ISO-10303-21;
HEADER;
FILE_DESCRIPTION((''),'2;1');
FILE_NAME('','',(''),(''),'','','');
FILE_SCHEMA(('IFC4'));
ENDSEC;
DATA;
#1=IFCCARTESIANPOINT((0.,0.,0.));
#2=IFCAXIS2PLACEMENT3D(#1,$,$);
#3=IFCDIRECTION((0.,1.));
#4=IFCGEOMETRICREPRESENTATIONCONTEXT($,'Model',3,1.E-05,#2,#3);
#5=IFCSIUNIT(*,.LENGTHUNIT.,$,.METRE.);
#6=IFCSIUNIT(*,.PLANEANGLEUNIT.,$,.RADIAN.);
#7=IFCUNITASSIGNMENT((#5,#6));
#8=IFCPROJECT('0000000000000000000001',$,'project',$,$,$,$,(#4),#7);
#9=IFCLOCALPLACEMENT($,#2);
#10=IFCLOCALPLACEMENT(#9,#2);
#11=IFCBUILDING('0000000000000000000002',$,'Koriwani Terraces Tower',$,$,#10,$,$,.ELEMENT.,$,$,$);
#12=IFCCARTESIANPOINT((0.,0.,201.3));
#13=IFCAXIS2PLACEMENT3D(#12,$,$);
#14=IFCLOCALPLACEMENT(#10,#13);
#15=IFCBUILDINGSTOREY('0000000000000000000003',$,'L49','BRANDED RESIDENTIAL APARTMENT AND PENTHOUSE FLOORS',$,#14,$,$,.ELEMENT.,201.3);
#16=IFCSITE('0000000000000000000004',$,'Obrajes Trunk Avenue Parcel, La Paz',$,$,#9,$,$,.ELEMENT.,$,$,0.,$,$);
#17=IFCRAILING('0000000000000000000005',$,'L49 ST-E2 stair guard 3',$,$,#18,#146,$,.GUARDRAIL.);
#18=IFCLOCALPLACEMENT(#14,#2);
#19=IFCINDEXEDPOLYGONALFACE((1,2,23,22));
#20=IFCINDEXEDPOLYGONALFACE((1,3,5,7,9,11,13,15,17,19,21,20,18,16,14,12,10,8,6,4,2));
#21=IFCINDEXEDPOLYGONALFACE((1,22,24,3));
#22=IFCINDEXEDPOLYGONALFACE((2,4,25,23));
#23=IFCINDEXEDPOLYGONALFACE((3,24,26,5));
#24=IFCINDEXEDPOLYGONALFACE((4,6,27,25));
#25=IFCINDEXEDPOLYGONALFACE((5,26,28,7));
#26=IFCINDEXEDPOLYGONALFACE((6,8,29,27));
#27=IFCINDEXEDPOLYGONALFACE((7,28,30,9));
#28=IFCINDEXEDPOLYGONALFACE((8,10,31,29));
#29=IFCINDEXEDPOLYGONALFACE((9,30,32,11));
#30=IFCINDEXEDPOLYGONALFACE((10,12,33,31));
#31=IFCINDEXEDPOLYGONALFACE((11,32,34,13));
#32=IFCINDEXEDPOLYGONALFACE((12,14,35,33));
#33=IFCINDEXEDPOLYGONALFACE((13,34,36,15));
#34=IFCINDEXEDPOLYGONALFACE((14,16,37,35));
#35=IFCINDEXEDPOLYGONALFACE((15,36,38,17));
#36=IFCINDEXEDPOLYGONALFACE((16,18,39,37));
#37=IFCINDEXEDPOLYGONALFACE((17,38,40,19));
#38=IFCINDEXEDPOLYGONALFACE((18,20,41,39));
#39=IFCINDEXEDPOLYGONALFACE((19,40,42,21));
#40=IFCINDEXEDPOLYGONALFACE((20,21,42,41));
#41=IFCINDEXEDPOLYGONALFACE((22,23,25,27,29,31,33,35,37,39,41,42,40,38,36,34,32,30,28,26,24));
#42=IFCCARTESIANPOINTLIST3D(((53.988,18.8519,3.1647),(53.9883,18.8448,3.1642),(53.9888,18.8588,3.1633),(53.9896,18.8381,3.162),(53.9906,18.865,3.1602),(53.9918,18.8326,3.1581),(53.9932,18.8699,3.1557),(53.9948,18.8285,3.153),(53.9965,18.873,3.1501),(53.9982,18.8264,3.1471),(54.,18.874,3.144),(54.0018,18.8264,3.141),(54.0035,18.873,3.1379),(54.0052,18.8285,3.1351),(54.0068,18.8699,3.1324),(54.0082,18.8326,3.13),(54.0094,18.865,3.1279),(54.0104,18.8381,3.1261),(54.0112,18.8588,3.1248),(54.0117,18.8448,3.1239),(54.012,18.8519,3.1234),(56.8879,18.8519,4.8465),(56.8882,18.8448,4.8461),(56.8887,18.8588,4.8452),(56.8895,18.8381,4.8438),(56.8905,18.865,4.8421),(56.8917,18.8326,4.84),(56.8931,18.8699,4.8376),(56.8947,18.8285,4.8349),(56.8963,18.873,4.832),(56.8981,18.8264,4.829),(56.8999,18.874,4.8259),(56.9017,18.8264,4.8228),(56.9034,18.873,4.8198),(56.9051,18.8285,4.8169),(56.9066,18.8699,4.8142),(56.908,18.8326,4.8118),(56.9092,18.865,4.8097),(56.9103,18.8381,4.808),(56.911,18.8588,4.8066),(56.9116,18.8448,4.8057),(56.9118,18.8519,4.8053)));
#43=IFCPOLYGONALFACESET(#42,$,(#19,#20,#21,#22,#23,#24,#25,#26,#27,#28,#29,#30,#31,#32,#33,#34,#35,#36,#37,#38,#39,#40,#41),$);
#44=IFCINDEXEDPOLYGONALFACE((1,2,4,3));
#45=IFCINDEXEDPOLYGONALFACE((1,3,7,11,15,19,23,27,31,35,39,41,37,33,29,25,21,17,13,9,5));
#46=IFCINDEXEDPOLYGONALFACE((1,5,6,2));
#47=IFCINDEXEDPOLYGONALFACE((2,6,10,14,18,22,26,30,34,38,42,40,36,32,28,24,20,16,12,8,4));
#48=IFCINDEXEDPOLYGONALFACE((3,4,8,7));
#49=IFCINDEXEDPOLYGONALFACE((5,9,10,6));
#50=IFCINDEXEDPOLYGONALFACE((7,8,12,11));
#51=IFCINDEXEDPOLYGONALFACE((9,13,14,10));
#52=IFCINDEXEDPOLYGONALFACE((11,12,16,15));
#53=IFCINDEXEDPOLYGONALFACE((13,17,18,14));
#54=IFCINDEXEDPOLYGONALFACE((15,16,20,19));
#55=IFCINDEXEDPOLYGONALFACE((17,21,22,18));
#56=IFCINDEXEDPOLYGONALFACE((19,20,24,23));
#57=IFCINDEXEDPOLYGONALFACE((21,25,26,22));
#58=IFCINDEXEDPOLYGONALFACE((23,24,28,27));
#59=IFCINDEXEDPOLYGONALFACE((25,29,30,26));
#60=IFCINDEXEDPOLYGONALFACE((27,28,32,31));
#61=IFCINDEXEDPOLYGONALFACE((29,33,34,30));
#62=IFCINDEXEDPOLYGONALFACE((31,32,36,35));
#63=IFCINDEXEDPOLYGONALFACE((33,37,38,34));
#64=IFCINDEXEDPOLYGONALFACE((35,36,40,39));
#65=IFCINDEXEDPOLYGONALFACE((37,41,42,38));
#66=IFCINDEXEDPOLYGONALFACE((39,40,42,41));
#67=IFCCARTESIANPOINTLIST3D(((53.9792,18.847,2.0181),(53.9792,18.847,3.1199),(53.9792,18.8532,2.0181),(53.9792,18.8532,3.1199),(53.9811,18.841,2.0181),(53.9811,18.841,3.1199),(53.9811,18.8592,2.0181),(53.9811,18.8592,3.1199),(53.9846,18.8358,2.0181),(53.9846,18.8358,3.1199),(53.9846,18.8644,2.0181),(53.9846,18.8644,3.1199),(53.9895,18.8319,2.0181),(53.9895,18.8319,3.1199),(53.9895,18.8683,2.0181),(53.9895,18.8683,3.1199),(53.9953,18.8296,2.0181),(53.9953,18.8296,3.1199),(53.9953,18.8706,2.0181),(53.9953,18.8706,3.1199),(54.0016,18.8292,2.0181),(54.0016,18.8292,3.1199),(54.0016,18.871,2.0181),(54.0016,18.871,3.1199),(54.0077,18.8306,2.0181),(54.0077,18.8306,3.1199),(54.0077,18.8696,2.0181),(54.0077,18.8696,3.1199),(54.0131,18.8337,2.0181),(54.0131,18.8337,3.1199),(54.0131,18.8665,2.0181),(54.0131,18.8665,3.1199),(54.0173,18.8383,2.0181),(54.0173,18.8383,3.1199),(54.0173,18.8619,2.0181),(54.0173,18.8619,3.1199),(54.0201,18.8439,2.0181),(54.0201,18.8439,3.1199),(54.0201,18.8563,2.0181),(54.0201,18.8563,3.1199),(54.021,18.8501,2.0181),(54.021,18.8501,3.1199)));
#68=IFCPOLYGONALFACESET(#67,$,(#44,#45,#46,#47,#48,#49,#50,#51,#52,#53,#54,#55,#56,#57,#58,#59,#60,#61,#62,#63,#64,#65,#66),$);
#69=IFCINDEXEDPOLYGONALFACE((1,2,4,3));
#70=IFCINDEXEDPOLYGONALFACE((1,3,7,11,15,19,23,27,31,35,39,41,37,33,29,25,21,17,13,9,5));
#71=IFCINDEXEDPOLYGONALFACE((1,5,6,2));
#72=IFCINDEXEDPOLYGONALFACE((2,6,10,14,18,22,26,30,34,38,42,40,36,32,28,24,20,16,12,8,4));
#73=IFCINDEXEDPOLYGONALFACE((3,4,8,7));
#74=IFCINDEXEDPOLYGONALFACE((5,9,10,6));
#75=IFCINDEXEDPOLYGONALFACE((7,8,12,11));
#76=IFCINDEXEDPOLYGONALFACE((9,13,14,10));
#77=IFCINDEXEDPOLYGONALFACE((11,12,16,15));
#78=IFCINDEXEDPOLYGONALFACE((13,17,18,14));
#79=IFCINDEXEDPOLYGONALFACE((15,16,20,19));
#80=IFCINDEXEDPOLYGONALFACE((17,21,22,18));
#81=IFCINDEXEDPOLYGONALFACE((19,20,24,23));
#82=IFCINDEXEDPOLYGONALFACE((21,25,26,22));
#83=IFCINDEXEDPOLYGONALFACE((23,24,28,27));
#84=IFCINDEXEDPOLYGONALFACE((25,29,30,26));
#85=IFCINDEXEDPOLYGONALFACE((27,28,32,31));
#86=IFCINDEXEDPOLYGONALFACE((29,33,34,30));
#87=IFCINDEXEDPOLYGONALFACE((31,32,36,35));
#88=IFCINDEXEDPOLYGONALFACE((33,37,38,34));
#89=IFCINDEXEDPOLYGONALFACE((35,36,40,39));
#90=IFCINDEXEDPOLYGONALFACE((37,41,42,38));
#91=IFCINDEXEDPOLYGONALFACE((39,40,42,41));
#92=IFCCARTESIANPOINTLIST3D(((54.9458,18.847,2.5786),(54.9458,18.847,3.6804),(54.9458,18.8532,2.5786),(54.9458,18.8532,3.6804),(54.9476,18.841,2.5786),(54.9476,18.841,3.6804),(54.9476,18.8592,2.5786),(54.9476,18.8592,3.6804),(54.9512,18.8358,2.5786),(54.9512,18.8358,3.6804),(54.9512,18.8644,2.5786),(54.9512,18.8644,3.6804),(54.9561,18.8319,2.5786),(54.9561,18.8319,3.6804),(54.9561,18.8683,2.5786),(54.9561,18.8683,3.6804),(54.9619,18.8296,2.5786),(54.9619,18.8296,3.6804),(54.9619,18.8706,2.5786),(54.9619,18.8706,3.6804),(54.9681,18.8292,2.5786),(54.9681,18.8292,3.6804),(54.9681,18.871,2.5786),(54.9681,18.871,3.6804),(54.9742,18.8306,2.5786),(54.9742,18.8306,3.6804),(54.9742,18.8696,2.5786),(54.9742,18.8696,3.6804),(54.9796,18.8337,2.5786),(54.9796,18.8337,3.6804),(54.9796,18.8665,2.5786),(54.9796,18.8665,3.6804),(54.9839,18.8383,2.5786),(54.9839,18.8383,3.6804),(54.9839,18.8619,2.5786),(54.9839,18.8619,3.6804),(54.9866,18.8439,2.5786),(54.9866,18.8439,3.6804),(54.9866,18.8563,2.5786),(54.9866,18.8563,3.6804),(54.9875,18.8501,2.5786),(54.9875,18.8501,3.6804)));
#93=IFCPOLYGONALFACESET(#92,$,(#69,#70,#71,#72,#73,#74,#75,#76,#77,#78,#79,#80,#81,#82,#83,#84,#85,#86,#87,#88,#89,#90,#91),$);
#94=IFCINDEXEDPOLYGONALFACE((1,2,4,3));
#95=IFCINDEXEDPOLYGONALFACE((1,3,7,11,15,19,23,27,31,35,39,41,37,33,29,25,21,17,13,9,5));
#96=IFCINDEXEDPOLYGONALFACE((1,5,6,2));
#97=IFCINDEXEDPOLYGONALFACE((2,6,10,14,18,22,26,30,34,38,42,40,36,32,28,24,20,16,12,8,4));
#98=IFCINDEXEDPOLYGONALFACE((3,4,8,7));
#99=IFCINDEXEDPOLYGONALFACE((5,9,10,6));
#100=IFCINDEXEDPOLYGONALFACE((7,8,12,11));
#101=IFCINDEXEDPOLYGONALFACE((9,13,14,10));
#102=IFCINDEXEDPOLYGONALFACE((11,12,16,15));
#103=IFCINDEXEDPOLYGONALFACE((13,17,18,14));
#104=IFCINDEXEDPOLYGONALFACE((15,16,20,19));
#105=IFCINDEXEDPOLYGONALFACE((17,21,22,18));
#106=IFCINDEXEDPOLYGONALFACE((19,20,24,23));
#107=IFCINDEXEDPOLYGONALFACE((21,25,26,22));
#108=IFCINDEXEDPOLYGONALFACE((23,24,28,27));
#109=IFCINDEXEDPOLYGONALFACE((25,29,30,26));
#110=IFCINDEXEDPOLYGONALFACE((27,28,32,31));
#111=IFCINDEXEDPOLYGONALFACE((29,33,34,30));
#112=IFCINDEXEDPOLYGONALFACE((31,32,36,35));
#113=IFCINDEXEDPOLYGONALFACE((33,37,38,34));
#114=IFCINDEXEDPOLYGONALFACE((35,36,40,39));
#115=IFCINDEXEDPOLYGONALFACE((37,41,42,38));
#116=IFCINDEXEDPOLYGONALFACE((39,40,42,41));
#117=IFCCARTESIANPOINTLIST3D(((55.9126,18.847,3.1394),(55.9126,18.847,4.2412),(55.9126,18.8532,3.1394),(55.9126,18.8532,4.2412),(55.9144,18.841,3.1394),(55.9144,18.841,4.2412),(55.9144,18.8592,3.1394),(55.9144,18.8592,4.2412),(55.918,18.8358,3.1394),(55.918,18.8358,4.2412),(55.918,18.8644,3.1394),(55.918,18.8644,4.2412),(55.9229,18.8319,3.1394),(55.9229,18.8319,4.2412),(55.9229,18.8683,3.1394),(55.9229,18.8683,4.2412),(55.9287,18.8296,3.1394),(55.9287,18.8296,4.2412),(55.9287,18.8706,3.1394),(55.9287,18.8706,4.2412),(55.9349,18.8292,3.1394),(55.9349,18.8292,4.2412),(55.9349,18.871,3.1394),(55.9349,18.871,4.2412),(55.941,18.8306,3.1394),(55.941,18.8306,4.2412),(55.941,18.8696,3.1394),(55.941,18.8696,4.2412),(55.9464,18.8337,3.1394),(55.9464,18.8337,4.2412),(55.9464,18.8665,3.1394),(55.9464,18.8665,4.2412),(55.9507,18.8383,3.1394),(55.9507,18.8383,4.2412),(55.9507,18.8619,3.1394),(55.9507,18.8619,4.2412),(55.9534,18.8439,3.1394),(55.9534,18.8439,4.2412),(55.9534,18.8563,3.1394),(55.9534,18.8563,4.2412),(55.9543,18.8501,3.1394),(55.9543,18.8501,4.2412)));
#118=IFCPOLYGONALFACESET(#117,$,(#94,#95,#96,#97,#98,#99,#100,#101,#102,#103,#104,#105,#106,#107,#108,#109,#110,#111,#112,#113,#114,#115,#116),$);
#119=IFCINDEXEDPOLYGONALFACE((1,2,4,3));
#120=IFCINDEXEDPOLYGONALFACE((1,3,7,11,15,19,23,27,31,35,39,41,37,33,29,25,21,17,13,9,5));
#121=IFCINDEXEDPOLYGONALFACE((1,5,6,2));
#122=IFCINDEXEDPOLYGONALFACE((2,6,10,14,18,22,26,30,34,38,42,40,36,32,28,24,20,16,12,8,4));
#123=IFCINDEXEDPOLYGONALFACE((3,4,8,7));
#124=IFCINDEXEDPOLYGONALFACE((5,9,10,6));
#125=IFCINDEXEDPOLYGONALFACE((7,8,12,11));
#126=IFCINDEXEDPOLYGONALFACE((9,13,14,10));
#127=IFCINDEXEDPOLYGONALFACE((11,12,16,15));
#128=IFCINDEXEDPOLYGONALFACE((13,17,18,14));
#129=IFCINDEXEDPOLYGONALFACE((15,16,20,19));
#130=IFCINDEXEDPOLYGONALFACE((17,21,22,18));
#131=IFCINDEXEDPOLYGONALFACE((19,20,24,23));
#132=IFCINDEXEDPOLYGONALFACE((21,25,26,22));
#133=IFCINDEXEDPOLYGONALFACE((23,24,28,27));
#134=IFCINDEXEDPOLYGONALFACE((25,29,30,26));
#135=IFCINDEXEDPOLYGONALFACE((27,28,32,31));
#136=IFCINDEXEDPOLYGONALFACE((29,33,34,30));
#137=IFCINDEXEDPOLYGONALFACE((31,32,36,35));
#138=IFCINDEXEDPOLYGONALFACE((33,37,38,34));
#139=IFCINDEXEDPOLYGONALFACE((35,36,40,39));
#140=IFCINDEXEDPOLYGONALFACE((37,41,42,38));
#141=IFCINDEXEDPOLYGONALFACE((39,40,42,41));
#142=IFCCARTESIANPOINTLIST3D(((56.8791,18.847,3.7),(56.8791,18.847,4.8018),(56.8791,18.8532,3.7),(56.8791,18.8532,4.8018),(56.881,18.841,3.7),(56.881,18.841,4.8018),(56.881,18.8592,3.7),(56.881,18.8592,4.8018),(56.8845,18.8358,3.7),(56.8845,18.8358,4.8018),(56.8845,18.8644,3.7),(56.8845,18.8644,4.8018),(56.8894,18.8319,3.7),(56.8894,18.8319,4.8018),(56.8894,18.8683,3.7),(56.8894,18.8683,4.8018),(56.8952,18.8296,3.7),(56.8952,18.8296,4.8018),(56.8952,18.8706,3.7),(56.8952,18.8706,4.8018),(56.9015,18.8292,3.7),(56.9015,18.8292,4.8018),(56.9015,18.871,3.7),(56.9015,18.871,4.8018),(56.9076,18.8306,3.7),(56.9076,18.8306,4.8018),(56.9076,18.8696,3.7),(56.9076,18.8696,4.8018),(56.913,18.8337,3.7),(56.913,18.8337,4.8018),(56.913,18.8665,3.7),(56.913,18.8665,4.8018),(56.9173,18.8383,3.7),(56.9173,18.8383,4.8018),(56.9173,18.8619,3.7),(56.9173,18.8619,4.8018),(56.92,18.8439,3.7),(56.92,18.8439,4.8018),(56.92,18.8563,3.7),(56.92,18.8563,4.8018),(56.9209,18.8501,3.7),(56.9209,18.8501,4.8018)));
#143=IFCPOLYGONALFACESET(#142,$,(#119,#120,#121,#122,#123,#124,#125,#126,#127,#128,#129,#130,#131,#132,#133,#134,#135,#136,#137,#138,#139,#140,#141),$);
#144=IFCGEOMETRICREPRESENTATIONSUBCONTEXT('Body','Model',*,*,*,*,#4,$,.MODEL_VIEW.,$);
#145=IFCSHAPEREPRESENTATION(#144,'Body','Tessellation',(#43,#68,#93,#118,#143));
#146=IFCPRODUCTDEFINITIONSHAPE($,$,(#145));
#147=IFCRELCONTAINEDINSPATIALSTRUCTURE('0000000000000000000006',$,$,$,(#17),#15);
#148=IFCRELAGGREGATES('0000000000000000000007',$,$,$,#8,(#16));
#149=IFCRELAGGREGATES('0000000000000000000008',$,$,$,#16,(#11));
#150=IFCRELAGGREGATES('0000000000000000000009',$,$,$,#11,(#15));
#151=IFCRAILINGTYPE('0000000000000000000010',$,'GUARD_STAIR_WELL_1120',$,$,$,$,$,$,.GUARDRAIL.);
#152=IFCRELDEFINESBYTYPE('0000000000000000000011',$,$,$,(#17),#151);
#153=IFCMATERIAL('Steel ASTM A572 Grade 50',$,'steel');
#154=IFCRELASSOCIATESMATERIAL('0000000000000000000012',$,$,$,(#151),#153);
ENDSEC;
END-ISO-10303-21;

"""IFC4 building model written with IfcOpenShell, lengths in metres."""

from ifc_helpers import new_model, si_unit, direction, frame, origin, origin_2d, place, context, subcontext, project, spatial, circle, extrude, material, type_object, element, save


model = new_model("IFC4")

# Units and contexts
model_context = context("Model", 3, precision=1e-05, world=origin(), true_north=direction((0.0, 1.0)))
body_context = subcontext(model_context, "Body", "Model", "MODEL_VIEW")
ifc_project = project(units=[si_unit("LENGTHUNIT", "METRE"), si_unit("PLANEANGLEUNIT", "RADIAN")], contexts=[model_context])

# Site, building, storey
site_placement = place(None, origin())
site = spatial("IfcSite", under=ifc_project, at=site_placement, Name="Obrajes Trunk Avenue Parcel, La Paz", CompositionType="ELEMENT", RefElevation=0.0)
building_placement = place(site_placement, origin())
building = spatial("IfcBuilding", under=site, at=building_placement, Name="Koriwani Terraces Tower", CompositionType="ELEMENT")
storey_placement = place(building_placement, frame((0.0, 0.0, 201.3)))
storey = spatial("IfcBuildingStorey", under=building, at=storey_placement, Name="L49", Description="BRANDED RESIDENTIAL APARTMENT AND PENTHOUSE FLOORS", CompositionType="ELEMENT", Elevation=201.3)

# Shared definitions
ifc_material_1 = material(Name="Steel ASTM A572 Grade 50", Category="steel")

# Railing
railing_type_1 = type_object("IfcRailingType", Name="GUARD_STAIR_WELL_1120", PredefinedType="GUARDRAIL", material=ifc_material_1)
railing_1_placement = place(storey_placement, frame((54.0, 18.8501, 2.0181)))
element("IfcRailing", 1, at=railing_1_placement, inside=storey, type_object=railing_type_1, Name="L49 ST-E2 stair guard 3", PredefinedType="GUARDRAIL", context=body_context, shape_type="SweptSolid", body=[
    extrude(circle(Radius=0.0239, at=origin_2d()), frame((0.0, 0.0, 1.126), z_axis=(0.865039, 0.0, 0.501705), x_axis=(0.0, 1.0, 0.0)), (0.0, 0.0, 1.0), 3.3523),
    extrude(circle(Radius=0.021, at=origin_2d()), origin(), (0.0, 0.0, 1.0), 1.1018),
    extrude(circle(Radius=0.021, at=origin_2d()), frame((0.9666, 0.0, 0.5605)), (0.0, 0.0, 1.0), 1.1018),
    extrude(circle(Radius=0.021, at=origin_2d()), frame((1.9333, 0.0, 1.1213)), (0.0, 0.0, 1.0), 1.1018),
    extrude(circle(Radius=0.021, at=origin_2d()), frame((2.8999, 0.0, 1.6819)), (0.0, 0.0, 1.0), 1.1018),
])

save(model, "model.ifc")
